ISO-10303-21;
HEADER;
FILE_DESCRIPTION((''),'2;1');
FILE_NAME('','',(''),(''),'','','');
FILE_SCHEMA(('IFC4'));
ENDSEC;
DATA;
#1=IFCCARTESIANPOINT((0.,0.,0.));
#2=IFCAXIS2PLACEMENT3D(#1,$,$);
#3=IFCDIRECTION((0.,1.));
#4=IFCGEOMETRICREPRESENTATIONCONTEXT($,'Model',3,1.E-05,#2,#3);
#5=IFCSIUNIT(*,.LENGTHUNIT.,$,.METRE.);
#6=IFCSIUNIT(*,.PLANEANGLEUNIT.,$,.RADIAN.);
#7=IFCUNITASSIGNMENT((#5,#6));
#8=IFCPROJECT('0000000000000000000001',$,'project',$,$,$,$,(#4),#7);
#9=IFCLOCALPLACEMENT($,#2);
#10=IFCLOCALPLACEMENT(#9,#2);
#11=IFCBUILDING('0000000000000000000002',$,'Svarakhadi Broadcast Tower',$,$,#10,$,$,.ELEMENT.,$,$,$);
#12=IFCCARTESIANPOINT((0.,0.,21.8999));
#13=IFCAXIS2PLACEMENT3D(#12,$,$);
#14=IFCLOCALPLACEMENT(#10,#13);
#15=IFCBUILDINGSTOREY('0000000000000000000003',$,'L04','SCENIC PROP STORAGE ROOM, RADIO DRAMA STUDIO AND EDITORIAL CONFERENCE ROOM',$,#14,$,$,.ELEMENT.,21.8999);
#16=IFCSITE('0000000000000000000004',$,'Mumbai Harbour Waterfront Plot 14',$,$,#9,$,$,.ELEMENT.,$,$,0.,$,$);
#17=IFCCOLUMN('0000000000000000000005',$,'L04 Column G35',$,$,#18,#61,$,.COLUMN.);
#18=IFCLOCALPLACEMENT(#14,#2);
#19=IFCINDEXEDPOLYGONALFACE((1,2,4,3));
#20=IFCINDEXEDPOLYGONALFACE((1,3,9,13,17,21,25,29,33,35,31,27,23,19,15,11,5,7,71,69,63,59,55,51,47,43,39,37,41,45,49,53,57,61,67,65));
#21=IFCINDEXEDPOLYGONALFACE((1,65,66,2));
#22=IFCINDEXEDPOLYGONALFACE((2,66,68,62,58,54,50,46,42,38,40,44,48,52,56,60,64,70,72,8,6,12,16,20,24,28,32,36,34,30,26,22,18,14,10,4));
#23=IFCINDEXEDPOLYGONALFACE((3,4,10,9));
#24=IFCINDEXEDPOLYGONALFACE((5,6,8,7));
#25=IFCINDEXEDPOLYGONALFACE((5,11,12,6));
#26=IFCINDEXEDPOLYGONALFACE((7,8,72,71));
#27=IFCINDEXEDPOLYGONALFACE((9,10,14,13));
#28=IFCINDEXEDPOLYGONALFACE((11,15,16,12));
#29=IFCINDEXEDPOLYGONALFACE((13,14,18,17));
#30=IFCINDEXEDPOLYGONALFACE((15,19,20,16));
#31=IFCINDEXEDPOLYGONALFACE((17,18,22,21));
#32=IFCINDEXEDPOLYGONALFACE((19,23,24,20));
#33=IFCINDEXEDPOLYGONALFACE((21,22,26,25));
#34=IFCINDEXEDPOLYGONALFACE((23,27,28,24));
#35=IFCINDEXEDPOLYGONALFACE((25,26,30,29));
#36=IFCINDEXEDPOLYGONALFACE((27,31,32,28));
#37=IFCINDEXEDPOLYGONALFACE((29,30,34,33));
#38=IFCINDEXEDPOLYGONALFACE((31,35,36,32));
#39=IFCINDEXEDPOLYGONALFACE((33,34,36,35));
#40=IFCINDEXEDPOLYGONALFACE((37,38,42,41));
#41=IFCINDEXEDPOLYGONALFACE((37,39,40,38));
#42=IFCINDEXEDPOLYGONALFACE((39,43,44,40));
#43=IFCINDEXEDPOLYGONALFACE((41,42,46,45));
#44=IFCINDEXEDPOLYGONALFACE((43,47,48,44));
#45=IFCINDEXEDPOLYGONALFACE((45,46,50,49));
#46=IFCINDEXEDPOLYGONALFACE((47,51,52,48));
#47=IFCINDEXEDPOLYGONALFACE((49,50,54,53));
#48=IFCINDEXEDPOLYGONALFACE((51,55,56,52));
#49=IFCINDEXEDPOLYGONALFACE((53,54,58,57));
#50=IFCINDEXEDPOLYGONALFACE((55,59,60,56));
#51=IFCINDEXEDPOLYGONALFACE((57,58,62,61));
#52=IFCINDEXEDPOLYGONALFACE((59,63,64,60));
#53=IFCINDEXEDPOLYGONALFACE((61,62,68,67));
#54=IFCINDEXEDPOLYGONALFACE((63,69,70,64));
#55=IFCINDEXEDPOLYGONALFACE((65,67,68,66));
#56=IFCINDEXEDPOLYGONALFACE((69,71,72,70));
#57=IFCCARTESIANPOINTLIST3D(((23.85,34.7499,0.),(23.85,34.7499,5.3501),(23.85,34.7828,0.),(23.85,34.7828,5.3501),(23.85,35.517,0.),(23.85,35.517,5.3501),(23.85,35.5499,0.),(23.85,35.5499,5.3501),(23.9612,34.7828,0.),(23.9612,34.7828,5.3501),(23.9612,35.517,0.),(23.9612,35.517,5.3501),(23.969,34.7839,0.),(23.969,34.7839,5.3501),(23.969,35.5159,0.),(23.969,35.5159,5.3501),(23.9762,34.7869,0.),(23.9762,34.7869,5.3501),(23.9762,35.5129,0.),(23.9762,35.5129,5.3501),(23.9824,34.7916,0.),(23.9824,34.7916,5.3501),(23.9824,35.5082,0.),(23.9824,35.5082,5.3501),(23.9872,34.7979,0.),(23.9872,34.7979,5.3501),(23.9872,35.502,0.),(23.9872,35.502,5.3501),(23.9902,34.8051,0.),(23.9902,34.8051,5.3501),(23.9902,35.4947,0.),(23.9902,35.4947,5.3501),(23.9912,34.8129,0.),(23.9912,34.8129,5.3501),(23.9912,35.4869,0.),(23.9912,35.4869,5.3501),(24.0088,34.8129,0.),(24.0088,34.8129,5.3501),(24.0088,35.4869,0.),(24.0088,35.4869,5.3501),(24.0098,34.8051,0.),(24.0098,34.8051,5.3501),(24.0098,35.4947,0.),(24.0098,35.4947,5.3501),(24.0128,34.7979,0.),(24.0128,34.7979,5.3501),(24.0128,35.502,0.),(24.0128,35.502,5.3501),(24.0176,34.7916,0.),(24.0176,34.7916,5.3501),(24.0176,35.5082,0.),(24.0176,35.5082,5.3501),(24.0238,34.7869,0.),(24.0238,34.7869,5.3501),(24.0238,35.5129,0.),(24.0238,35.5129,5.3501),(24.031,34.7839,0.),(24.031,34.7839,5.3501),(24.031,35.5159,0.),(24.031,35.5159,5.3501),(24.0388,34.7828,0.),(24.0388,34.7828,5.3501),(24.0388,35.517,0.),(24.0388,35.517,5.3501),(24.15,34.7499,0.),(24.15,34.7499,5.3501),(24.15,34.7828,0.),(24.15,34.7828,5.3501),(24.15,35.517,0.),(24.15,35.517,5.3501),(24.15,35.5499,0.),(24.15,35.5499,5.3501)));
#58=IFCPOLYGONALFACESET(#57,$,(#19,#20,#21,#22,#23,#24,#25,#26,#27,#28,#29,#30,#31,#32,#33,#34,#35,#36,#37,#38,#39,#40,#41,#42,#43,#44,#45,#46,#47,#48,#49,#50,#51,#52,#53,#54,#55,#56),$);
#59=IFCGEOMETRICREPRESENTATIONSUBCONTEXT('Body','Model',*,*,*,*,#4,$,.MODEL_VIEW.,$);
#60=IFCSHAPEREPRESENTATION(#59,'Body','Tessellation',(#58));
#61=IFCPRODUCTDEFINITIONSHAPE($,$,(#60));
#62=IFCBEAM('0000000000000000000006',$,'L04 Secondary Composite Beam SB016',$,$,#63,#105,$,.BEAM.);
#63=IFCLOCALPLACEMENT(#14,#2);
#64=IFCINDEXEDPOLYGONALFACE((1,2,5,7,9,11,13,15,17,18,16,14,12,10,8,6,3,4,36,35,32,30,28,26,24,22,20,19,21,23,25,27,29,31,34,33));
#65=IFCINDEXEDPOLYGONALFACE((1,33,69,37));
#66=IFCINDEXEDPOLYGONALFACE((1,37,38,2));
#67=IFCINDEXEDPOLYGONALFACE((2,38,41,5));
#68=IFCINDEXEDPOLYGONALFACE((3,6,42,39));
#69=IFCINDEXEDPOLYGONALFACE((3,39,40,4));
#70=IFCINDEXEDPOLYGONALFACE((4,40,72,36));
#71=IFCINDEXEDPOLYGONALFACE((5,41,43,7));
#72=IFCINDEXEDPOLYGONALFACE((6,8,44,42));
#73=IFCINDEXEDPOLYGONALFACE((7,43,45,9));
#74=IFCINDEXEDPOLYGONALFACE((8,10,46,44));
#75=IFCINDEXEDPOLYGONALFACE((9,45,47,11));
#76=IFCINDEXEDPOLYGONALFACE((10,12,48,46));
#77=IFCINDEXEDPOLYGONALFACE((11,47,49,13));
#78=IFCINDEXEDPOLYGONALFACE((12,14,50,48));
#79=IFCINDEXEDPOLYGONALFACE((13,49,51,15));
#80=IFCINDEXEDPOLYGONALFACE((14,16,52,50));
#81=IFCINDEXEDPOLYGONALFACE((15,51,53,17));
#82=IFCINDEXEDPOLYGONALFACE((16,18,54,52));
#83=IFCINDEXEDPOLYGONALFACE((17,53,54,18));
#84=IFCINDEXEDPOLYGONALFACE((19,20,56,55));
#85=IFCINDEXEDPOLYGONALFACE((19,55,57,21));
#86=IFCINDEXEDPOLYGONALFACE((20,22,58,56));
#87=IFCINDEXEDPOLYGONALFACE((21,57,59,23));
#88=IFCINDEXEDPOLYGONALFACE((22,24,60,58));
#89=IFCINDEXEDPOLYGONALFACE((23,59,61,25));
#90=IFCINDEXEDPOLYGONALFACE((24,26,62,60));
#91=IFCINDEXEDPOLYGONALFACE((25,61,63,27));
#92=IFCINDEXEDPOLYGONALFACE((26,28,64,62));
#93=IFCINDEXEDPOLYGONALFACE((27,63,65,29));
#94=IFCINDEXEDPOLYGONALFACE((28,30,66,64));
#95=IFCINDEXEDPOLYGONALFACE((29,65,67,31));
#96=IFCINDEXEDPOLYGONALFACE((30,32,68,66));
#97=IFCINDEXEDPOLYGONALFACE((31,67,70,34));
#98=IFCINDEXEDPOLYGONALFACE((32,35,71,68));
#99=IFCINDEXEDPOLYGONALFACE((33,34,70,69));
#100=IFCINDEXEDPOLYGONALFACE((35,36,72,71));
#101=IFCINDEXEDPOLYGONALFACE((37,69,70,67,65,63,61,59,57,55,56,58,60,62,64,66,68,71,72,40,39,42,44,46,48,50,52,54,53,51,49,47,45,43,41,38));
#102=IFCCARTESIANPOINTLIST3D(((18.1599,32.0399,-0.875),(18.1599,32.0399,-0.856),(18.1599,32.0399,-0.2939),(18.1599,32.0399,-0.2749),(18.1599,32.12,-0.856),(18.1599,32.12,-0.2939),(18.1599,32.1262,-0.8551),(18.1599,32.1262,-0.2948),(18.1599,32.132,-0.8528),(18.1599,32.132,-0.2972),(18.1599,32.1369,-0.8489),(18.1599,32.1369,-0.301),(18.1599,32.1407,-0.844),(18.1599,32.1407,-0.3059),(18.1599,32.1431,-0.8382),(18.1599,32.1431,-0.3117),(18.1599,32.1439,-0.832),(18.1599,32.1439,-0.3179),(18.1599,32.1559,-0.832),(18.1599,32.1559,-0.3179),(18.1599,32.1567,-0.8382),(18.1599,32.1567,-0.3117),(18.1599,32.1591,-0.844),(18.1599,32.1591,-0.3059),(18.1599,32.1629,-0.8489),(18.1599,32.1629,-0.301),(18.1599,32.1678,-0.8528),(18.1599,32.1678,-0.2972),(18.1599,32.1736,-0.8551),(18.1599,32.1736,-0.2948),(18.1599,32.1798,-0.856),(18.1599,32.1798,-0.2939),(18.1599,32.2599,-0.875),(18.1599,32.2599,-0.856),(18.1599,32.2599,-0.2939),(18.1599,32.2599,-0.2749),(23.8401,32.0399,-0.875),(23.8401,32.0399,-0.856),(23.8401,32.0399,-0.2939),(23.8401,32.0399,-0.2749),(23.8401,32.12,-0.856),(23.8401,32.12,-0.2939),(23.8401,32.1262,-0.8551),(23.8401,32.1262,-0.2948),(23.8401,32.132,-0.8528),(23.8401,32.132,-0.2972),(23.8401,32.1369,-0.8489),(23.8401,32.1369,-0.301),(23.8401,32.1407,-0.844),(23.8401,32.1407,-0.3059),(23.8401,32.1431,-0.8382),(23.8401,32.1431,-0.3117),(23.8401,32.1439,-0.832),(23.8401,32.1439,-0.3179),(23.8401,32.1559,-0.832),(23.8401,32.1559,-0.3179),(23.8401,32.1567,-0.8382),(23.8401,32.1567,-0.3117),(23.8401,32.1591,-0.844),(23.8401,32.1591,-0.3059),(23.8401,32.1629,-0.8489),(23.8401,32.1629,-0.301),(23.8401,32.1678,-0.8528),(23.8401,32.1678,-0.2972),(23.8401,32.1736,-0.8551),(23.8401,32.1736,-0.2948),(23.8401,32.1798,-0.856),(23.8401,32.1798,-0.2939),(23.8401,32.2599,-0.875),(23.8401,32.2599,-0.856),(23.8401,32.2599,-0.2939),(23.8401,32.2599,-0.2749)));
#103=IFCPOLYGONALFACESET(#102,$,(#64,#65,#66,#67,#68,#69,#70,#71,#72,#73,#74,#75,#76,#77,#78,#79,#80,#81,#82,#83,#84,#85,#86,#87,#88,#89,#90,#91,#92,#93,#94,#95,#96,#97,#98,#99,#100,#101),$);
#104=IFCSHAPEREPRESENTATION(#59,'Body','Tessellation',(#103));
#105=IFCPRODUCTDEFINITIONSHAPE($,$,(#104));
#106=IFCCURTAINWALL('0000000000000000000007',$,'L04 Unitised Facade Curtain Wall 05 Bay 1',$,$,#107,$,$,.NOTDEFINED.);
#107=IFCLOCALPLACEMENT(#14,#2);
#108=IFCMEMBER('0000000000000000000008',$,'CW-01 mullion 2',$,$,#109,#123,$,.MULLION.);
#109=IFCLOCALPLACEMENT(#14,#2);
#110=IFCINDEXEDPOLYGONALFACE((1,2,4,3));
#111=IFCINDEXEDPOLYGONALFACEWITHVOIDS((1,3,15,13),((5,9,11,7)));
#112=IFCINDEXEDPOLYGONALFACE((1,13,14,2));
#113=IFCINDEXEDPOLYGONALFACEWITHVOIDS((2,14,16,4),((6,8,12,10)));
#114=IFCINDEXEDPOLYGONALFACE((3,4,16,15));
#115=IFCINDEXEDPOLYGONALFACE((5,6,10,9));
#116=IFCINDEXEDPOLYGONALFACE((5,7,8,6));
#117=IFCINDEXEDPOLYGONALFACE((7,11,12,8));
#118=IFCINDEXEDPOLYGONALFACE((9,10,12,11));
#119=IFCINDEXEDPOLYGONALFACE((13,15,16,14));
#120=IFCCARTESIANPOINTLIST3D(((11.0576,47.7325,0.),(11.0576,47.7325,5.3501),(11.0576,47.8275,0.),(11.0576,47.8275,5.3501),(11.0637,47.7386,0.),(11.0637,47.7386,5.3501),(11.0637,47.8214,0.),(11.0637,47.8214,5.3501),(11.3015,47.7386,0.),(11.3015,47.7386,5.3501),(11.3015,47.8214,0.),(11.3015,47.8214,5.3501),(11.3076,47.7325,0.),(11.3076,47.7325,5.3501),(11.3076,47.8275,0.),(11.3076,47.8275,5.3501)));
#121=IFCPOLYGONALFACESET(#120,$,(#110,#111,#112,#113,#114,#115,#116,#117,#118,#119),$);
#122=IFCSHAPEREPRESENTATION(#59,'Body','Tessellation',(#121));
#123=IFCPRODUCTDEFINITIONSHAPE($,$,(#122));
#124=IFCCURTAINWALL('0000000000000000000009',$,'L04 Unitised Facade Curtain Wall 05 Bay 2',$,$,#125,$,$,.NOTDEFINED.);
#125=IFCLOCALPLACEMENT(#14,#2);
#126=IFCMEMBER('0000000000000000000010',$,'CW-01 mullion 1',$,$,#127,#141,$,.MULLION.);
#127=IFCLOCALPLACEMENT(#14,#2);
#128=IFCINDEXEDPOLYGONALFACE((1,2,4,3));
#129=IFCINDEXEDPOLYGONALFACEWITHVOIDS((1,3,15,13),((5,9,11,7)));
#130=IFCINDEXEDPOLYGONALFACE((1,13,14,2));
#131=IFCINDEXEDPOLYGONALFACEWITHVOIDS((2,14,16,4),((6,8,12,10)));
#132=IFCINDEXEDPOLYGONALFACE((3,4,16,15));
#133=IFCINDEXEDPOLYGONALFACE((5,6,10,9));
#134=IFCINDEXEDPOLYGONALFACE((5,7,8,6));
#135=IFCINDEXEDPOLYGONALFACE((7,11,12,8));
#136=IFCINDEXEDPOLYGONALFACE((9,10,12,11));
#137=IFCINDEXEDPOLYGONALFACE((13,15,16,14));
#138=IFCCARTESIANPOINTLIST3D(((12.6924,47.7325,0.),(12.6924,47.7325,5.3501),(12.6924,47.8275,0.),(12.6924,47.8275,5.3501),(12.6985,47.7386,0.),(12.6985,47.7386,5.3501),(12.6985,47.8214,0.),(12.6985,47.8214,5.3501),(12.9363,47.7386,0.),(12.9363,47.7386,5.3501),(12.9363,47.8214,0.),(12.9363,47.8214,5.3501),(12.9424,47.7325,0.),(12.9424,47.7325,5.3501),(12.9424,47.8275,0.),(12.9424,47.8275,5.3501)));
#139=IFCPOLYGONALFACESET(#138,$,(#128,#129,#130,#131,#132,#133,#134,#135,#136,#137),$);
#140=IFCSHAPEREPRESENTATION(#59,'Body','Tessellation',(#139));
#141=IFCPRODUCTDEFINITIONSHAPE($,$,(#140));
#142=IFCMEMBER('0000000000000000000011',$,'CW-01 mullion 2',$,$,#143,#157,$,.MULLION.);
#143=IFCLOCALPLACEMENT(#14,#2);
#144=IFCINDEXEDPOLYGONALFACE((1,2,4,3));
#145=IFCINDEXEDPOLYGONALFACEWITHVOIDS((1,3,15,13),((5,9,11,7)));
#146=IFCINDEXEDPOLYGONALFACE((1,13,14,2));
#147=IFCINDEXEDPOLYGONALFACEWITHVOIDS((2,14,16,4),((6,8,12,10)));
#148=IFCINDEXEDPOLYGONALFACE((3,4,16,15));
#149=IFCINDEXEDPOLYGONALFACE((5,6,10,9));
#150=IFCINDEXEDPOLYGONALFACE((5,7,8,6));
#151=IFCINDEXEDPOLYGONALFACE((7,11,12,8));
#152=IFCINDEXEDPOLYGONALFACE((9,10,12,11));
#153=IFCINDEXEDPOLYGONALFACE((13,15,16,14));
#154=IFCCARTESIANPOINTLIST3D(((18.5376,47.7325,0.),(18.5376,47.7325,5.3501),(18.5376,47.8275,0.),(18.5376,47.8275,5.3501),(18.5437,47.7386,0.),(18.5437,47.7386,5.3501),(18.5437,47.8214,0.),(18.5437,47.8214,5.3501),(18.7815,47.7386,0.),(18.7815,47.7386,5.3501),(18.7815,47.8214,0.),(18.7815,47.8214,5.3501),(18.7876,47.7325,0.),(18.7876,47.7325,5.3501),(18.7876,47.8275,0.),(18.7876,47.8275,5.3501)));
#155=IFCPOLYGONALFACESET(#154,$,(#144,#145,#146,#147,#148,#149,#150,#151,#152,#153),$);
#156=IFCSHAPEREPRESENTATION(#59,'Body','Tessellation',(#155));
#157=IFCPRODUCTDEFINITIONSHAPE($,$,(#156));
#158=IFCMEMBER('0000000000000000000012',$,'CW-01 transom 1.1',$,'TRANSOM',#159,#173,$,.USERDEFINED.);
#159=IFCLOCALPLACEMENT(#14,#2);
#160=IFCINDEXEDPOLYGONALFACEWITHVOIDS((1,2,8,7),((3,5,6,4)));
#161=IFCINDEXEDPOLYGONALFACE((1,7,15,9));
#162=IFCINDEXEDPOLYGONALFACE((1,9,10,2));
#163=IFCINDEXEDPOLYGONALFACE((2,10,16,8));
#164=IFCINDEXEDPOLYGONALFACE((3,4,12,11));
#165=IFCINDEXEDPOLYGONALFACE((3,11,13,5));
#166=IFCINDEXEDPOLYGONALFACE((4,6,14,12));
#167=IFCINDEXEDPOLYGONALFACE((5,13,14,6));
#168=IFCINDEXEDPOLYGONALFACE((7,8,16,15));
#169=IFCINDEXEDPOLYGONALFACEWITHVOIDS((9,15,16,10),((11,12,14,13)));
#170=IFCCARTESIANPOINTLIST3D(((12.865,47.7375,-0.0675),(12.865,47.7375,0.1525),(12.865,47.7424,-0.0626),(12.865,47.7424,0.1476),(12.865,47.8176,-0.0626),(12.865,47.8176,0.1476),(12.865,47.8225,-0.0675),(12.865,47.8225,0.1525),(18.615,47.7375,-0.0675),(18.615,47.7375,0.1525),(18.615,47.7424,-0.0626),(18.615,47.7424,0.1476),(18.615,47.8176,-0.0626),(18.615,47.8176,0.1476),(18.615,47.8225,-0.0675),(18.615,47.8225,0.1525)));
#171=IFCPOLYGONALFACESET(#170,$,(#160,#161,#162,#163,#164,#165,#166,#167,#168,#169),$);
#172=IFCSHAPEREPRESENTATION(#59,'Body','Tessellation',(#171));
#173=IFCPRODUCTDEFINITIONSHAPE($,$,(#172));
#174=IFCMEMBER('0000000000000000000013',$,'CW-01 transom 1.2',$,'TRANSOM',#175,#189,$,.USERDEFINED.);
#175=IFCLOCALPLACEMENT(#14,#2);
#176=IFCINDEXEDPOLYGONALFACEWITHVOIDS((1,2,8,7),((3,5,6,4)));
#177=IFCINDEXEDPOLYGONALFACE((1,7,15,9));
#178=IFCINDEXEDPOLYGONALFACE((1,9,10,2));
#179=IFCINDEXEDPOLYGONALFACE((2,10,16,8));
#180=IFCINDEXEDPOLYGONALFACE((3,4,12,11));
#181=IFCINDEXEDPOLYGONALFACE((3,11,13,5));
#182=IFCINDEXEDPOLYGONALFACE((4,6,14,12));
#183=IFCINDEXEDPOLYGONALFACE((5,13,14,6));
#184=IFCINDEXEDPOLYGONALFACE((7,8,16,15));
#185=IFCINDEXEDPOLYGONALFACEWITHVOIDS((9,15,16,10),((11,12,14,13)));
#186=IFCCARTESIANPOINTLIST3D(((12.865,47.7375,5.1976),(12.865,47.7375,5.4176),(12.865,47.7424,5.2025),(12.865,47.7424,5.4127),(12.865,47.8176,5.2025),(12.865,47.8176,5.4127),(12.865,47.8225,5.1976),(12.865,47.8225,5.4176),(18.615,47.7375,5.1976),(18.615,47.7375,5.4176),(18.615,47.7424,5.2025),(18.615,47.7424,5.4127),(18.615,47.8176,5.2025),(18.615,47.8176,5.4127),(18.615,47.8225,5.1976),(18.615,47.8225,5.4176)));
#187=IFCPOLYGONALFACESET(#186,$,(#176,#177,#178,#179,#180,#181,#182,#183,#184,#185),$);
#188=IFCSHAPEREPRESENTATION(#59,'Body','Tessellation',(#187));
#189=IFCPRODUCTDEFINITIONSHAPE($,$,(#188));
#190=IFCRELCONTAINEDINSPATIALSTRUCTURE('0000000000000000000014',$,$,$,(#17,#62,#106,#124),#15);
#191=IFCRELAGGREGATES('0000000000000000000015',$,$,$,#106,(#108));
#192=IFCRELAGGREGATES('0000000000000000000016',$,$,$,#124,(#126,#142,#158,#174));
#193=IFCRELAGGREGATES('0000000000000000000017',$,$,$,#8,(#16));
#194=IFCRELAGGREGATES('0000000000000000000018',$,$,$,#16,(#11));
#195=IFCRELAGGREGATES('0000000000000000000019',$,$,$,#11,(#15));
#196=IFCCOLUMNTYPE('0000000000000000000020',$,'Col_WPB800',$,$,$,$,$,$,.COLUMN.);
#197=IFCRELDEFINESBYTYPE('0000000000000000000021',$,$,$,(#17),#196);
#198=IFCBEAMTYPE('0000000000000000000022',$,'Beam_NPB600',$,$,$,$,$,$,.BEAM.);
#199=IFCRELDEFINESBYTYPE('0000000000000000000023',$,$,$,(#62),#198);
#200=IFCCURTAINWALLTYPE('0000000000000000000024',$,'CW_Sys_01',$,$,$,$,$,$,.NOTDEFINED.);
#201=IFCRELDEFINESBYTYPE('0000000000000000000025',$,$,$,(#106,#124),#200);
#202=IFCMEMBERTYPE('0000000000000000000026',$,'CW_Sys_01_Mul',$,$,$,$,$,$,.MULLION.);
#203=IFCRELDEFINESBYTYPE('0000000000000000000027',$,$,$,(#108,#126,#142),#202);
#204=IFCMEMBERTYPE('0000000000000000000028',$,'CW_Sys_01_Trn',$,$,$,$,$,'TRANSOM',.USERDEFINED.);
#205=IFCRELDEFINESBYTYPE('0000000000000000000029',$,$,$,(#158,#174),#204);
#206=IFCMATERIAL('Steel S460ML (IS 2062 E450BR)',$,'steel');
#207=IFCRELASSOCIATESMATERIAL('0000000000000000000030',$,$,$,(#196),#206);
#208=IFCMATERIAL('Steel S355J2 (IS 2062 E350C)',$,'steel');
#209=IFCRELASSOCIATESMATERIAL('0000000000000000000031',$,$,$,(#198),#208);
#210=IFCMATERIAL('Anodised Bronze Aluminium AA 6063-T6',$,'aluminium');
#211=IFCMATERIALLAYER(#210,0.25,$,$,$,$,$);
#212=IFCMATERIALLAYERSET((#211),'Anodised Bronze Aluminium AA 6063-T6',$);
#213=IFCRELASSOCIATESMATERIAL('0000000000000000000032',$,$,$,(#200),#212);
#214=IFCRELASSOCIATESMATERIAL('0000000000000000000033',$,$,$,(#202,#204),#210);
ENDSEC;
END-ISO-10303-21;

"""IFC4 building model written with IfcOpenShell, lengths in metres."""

from ifc_helpers import new_model, si_unit, direction, frame, origin, origin_2d, place, context, subcontext, project, spatial, hollow_rectangle, i_section, extrude, material, layer, layer_set, material_profile, profile_set, type_object, element, aggregate, save


model = new_model("IFC4")

# Units and contexts
model_context = context("Model", 3, precision=1e-05, world=origin(), true_north=direction((0.0, 1.0)))
body_context = subcontext(model_context, "Body", "Model", "MODEL_VIEW")
ifc_project = project(units=[si_unit("LENGTHUNIT", "METRE"), si_unit("PLANEANGLEUNIT", "RADIAN")], contexts=[model_context])

# Site, building, storey
site_placement = place(None, origin())
site = spatial("IfcSite", under=ifc_project, at=site_placement, Name="Mumbai Harbour Waterfront Plot 14", CompositionType="ELEMENT", RefElevation=0.0)
building_placement = place(site_placement, origin())
building = spatial("IfcBuilding", under=site, at=building_placement, Name="Svarakhadi Broadcast Tower", CompositionType="ELEMENT")
storey_placement = place(building_placement, frame((0.0, 0.0, 21.8999)))
storey = spatial("IfcBuildingStorey", under=building, at=storey_placement, Name="L04", Description="SCENIC PROP STORAGE ROOM, RADIO DRAMA STUDIO AND EDITORIAL CONFERENCE ROOM", CompositionType="ELEMENT", Elevation=21.8999)

# Column
ifc_material_1 = material(Name="Steel S460ML (IS 2062 E450BR)", Category="steel")
ifc_material_profile_1 = material_profile(ifc_material_1, i_section(OverallWidth=0.3, OverallDepth=0.8, WebThickness=0.0176, FlangeThickness=0.033, FilletRadius=0.03, at=origin_2d()), Name="WPB 800x300x262")
ifc_profile_set_1 = profile_set([ifc_material_profile_1], Name="Steel S460ML (IS 2062 E450BR)")
column_type_1 = type_object("IfcColumnType", Name="Col_WPB800", PredefinedType="COLUMN", material=ifc_profile_set_1)
for number, where, z_axis, x_axis, name in (
    (1, (24.0, 35.1499, 0.0), (0.0, 0.0, 1.0), (1.0, 0.0, 0.0), "L04 Column G35"),
):
    element("IfcColumn", number, at=place(storey_placement, frame(where, z_axis=z_axis, x_axis=x_axis)), inside=storey, type_object=column_type_1, Name=name, PredefinedType="COLUMN", context=body_context, shape_type="SweptSolid", body=[
        extrude(i_section(OverallWidth=0.3, OverallDepth=0.8, WebThickness=0.0176, FlangeThickness=0.033, FilletRadius=0.03, at=origin_2d()), origin(), (0.0, 0.0, 1.0), 5.3501),
    ])

# Beam
ifc_material_2 = material(Name="Steel S355J2 (IS 2062 E350C)", Category="steel")
ifc_material_profile_2 = material_profile(ifc_material_2, i_section(OverallWidth=0.22, OverallDepth=0.6001, WebThickness=0.012, FlangeThickness=0.019, FilletRadius=0.0239, at=origin_2d()), Name="NPB 600x220x122")
ifc_profile_set_2 = profile_set([ifc_material_profile_2], Name="Steel S355J2 (IS 2062 E350C)")
beam_type_1 = type_object("IfcBeamType", Name="Beam_NPB600", PredefinedType="BEAM", material=ifc_profile_set_2)
beam_1_placement = place(storey_placement, frame((18.1599, 32.1499, -0.575), z_axis=(1.0, 0.0, 0.0), x_axis=(0.0, 1.0, 0.0)))
element("IfcBeam", 2, at=beam_1_placement, inside=storey, type_object=beam_type_1, Name="L04 Secondary Composite Beam SB016", PredefinedType="BEAM", context=body_context, shape_type="SweptSolid", body=[
    extrude(i_section(OverallWidth=0.22, OverallDepth=0.6001, WebThickness=0.012, FlangeThickness=0.019, FilletRadius=0.0239, at=origin_2d()), origin(), (0.0, 0.0, 1.0), 5.6802),
])

# Curtain wall, member
ifc_material_3 = material(Name="Anodised Bronze Aluminium AA 6063-T6", Category="aluminium")
ifc_layer_1 = layer(ifc_material_3, 0.25)
ifc_layer_set_1 = layer_set([ifc_layer_1], Name="Anodised Bronze Aluminium AA 6063-T6")
curtain_wall_type = type_object("IfcCurtainWallType", Name="CW_Sys_01", PredefinedType="NOTDEFINED", material=ifc_layer_set_1)
curtain_wall_1_placement = place(storey_placement, origin())
curtain_wall_1 = element("IfcCurtainWall", 3, at=curtain_wall_1_placement, inside=storey, type_object=curtain_wall_type, Name="L04 Unitised Facade Curtain Wall 05 Bay 1", PredefinedType="NOTDEFINED")
ifc_material_profile_3 = material_profile(ifc_material_3, hollow_rectangle(XDim=0.095, YDim=0.25, WallThickness=0.0061, at=origin_2d()), Name="ALU MULLION 250x95x6")
ifc_profile_set_3 = profile_set([ifc_material_profile_3], Name="Anodised Bronze Aluminium AA 6063-T6")
member_type_1 = type_object("IfcMemberType", Name="CW_Sys_01_Mul", PredefinedType="MULLION", material=ifc_profile_set_3)
member_1_placement = place(storey_placement, frame((11.1826, 47.78, 0.0), z_axis=(0.0, 0.0, 1.0), x_axis=(0.0, 1.0, 0.0)))
member_1 = element("IfcMember", 4, at=member_1_placement, type_object=member_type_1, Name="CW-01 mullion 2", PredefinedType="MULLION", context=body_context, shape_type="SweptSolid", body=[
    extrude(hollow_rectangle(XDim=0.095, YDim=0.25, WallThickness=0.0061, at=origin_2d()), origin(), (0.0, 0.0, 1.0), 5.3501),
])

# Curtain wall, members
curtain_wall_2_placement = place(storey_placement, origin())
curtain_wall_2 = element("IfcCurtainWall", 5, at=curtain_wall_2_placement, inside=storey, type_object=curtain_wall_type, Name="L04 Unitised Facade Curtain Wall 05 Bay 2", PredefinedType="NOTDEFINED")
member_2_placement = place(storey_placement, frame((12.8174, 47.78, 0.0), z_axis=(0.0, 0.0, 1.0), x_axis=(0.0, 1.0, 0.0)))
member_2 = element("IfcMember", 6, at=member_2_placement, type_object=member_type_1, Name="CW-01 mullion 1", PredefinedType="MULLION", context=body_context, shape_type="SweptSolid", body=[
    extrude(hollow_rectangle(XDim=0.095, YDim=0.25, WallThickness=0.0061, at=origin_2d()), origin(), (0.0, 0.0, 1.0), 5.3501),
])
member_3_placement = place(storey_placement, frame((18.6626, 47.78, 0.0), z_axis=(0.0, 0.0, 1.0), x_axis=(0.0, 1.0, 0.0)))
member_3 = element("IfcMember", 7, at=member_3_placement, type_object=member_type_1, Name="CW-01 mullion 2", PredefinedType="MULLION", context=body_context, shape_type="SweptSolid", body=[
    extrude(hollow_rectangle(XDim=0.095, YDim=0.25, WallThickness=0.0061, at=origin_2d()), origin(), (0.0, 0.0, 1.0), 5.3501),
])
ifc_material_profile_4 = material_profile(ifc_material_3, hollow_rectangle(XDim=0.085, YDim=0.22, WallThickness=0.0049, at=origin_2d()), Name="ALU TRANSOM 220x85x5")
ifc_profile_set_4 = profile_set([ifc_material_profile_4], Name="Anodised Bronze Aluminium AA 6063-T6")
member_type_2 = type_object("IfcMemberType", Name="CW_Sys_01_Trn", ElementType="TRANSOM", PredefinedType="USERDEFINED", material=ifc_profile_set_4)
member_4_placement = place(storey_placement, frame((12.865, 47.78, 0.0425), z_axis=(1.0, 0.0, 0.0), x_axis=(0.0, 1.0, 0.0)))
member_4 = element("IfcMember", 8, at=member_4_placement, type_object=member_type_2, Name="CW-01 transom 1.1", ObjectType="TRANSOM", PredefinedType="USERDEFINED", context=body_context, shape_type="SweptSolid", body=[
    extrude(hollow_rectangle(XDim=0.085, YDim=0.22, WallThickness=0.0049, at=origin_2d()), origin(), (0.0, 0.0, 1.0), 5.75),
])
member_5_placement = place(storey_placement, frame((12.865, 47.78, 5.3076), z_axis=(1.0, 0.0, 0.0), x_axis=(0.0, 1.0, 0.0)))
member_5 = element("IfcMember", 9, at=member_5_placement, type_object=member_type_2, Name="CW-01 transom 1.2", ObjectType="TRANSOM", PredefinedType="USERDEFINED", context=body_context, shape_type="SweptSolid", body=[
    extrude(hollow_rectangle(XDim=0.085, YDim=0.22, WallThickness=0.0049, at=origin_2d()), origin(), (0.0, 0.0, 1.0), 5.75),
])

aggregate(curtain_wall_1, [member_1])
aggregate(curtain_wall_2, [member_2, member_3, member_4, member_5])

save(model, "model.ifc")
